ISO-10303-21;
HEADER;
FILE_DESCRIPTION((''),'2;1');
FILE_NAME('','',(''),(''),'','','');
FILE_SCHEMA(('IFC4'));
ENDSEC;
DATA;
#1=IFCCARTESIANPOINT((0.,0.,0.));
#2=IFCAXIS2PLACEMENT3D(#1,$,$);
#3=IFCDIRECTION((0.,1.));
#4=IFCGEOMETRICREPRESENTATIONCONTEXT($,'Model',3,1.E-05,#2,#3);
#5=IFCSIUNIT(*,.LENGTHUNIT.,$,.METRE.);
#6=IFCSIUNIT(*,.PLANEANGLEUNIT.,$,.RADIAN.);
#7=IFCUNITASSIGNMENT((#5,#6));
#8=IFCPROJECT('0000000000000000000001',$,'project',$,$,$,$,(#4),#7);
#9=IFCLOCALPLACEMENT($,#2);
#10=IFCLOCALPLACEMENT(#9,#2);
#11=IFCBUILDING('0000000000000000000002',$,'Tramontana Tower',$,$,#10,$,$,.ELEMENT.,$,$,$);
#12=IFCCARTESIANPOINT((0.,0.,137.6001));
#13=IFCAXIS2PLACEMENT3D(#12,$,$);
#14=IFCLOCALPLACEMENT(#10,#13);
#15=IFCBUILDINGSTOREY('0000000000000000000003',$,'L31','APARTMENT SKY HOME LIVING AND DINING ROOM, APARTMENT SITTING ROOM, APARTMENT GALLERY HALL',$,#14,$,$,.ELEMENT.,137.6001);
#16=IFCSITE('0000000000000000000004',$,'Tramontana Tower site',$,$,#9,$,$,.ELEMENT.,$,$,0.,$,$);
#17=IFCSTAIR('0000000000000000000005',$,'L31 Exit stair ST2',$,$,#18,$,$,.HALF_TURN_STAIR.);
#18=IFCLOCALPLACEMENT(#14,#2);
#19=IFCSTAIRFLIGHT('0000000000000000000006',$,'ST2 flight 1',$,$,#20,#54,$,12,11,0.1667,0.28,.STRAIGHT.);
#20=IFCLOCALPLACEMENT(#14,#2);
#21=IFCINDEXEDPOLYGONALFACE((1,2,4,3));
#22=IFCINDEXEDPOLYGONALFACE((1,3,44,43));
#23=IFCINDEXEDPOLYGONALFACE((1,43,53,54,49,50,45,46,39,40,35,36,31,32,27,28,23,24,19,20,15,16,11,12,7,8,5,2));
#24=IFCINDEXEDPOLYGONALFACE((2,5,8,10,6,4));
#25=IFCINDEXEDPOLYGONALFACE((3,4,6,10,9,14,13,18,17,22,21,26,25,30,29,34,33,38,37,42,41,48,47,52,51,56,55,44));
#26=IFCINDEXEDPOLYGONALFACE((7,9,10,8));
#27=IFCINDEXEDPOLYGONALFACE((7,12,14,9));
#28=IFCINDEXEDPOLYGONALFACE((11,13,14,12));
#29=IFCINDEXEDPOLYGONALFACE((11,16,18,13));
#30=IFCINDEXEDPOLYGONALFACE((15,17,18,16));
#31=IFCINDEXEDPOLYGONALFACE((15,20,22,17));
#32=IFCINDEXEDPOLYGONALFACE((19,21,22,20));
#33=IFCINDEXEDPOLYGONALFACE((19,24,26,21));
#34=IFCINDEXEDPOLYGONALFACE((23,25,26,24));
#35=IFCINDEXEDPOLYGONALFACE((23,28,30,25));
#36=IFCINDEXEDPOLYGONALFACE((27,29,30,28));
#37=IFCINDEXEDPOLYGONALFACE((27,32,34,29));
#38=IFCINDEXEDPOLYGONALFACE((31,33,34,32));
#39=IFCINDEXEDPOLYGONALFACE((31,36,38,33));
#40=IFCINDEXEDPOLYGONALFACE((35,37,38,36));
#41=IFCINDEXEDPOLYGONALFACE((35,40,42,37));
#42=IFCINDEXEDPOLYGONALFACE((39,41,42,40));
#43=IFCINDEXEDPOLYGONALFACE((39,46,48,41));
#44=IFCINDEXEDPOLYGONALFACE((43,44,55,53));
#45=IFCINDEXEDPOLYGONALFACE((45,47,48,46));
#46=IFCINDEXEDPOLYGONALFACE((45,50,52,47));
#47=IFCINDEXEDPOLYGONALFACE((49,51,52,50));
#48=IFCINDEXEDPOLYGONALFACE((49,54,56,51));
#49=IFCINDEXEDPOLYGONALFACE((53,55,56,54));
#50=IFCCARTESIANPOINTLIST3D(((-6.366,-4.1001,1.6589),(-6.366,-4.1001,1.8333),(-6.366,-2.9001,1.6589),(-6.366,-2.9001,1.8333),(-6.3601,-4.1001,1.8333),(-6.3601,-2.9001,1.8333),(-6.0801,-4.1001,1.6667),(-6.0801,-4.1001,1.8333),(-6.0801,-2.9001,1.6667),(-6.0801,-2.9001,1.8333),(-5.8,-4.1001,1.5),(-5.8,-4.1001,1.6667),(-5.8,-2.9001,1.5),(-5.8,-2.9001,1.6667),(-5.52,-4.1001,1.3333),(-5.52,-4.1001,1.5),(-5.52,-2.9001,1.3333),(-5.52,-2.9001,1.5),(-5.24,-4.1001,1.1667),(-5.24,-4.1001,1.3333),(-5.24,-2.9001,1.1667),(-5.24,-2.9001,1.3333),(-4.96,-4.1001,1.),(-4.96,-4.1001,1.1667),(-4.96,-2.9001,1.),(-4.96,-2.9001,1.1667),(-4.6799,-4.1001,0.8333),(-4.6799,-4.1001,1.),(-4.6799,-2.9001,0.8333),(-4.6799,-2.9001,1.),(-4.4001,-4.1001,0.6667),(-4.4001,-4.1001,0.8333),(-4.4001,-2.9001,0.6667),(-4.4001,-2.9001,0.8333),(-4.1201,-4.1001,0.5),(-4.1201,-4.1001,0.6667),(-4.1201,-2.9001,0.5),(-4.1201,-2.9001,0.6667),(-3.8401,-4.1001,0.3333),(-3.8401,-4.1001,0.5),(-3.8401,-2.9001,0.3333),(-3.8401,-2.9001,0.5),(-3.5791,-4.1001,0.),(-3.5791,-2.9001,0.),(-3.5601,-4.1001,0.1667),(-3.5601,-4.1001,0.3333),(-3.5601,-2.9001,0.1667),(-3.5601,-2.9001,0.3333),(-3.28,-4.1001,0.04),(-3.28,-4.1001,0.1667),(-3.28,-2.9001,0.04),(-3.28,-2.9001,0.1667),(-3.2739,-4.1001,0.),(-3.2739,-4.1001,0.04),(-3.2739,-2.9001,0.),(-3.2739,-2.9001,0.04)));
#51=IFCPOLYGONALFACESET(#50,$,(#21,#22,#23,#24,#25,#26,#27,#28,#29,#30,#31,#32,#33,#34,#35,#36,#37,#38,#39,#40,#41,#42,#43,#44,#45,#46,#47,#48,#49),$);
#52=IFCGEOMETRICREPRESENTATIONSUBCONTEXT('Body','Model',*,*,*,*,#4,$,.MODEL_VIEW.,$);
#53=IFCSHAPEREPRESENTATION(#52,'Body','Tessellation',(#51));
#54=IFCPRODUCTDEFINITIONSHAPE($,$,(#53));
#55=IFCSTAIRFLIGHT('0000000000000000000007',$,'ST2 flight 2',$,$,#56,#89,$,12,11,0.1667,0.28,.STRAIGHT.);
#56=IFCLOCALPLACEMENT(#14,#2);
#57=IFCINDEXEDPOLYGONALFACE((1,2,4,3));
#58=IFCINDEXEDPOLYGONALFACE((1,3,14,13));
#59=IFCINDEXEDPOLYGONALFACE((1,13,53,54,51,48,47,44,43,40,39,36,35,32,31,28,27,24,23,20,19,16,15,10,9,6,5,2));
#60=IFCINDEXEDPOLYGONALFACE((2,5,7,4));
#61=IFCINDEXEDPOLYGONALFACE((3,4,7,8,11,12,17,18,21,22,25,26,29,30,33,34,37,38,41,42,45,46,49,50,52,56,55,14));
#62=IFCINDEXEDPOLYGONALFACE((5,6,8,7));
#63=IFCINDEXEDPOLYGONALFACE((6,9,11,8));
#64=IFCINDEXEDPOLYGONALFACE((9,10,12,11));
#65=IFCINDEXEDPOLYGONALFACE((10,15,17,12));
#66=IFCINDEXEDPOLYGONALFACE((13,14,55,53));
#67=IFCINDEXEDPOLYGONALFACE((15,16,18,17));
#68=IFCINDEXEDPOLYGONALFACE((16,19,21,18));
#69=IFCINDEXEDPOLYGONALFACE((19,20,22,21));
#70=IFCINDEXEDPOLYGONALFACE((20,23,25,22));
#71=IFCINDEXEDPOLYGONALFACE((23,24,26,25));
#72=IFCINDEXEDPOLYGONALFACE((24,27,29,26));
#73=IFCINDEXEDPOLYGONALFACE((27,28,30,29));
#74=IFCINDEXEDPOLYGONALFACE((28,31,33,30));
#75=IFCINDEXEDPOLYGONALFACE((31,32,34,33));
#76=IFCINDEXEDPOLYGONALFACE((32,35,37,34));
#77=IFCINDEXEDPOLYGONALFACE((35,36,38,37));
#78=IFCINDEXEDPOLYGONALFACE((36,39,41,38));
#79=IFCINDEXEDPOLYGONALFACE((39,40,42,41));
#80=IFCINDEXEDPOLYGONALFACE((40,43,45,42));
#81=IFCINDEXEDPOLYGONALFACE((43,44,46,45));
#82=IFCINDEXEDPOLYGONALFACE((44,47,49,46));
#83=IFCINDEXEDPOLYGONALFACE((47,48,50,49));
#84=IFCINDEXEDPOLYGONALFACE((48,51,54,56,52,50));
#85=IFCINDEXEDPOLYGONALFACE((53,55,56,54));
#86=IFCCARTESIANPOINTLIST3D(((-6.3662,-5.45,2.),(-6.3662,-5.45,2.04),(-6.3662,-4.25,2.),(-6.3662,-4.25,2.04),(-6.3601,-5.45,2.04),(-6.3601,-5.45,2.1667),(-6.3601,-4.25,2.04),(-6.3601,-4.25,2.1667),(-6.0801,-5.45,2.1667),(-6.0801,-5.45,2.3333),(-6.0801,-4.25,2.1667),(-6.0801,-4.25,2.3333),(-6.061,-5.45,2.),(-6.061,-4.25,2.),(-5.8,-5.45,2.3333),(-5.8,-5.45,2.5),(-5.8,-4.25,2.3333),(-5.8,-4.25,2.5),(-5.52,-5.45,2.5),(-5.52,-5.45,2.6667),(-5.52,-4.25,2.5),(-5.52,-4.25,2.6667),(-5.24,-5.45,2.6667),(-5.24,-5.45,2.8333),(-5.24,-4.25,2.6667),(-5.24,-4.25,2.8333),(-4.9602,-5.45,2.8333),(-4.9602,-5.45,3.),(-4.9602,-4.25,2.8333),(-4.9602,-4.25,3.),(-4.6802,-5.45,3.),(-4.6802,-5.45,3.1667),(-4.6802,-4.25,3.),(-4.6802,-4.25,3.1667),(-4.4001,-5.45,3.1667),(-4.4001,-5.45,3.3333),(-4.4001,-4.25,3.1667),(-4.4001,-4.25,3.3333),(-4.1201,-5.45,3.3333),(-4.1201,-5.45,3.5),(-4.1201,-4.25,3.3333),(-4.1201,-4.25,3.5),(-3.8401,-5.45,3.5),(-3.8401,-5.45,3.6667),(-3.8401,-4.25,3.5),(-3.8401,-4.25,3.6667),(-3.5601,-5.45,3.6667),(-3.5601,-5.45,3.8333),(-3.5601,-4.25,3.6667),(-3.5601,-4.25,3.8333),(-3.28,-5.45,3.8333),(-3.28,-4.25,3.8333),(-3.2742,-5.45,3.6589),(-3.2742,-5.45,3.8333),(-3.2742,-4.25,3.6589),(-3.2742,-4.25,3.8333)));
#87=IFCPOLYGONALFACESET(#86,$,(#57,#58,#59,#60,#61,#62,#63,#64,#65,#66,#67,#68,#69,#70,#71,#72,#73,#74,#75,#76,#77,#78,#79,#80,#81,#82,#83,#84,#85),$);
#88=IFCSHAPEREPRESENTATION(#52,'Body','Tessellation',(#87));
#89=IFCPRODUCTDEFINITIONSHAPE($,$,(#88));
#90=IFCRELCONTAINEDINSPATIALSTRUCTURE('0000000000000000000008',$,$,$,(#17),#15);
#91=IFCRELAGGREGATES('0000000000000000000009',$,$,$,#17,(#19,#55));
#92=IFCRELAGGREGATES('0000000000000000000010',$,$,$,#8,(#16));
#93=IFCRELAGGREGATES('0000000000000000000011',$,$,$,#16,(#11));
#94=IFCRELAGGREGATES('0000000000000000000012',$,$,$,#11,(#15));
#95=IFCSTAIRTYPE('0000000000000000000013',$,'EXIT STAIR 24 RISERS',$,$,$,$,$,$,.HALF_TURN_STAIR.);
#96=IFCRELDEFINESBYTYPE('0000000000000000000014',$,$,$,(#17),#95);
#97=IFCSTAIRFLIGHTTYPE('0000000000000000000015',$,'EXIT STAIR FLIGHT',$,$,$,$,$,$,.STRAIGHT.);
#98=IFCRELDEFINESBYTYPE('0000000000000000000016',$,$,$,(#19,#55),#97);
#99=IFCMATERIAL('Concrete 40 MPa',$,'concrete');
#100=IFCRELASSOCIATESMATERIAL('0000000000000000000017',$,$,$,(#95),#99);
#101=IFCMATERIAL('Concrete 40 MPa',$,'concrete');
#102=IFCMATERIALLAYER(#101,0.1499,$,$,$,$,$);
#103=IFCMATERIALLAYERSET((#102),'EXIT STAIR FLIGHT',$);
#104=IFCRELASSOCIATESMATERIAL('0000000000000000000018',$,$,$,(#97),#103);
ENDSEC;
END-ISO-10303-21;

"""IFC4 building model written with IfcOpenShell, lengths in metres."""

from ifc_helpers import new_model, si_unit, direction, frame, origin, place, context, subcontext, project, spatial, polyline, outline, extrude, material, layer, layer_set, type_object, element, aggregate, save


model = new_model("IFC4")

# Units and contexts
model_context = context("Model", 3, precision=1e-05, world=origin(), true_north=direction((0.0, 1.0)))
body_context = subcontext(model_context, "Body", "Model", "MODEL_VIEW")
ifc_project = project(units=[si_unit("LENGTHUNIT", "METRE"), si_unit("PLANEANGLEUNIT", "RADIAN")], contexts=[model_context])

# Site, building, storey
site_placement = place(None, origin())
site = spatial("IfcSite", under=ifc_project, at=site_placement, Name="Tramontana Tower site", CompositionType="ELEMENT", RefElevation=0.0)
building_placement = place(site_placement, origin())
building = spatial("IfcBuilding", under=site, at=building_placement, Name="Tramontana Tower", CompositionType="ELEMENT")
storey_placement = place(building_placement, frame((0.0, 0.0, 137.6001)))
storey = spatial("IfcBuildingStorey", under=building, at=storey_placement, Name="L31", Description="APARTMENT SKY HOME LIVING AND DINING ROOM, APARTMENT SITTING ROOM, APARTMENT GALLERY HALL", CompositionType="ELEMENT", Elevation=137.6001)

# Stair, stair flights
ifc_material_1 = material(Name="Concrete 40 MPa", Category="concrete")
stair_type = type_object("IfcStairType", Name="EXIT STAIR 24 RISERS", PredefinedType="HALF_TURN_STAIR", material=ifc_material_1)
stair_placement = place(storey_placement, origin())
stair = element("IfcStair", 1, at=stair_placement, inside=storey, type_object=stair_type, Name="L31 Exit stair ST2", PredefinedType="HALF_TURN_STAIR")
ifc_material_2 = material(Name="Concrete 40 MPa", Category="concrete")
ifc_layer_1 = layer(ifc_material_2, 0.1499)
ifc_layer_set_1 = layer_set([ifc_layer_1], Name="EXIT STAIR FLIGHT")
stair_flight_type = type_object("IfcStairFlightType", Name="EXIT STAIR FLIGHT", PredefinedType="STRAIGHT", material=ifc_layer_set_1)
stair_flight_1_placement = place(storey_placement, frame((-3.28, -3.5, 0.0), z_axis=(0.0, 0.0, 1.0), x_axis=(-1.0, 0.0, 0.0)))
stair_flight_1 = element("IfcStairFlight", 2, at=stair_flight_1_placement, type_object=stair_flight_type, Name="ST2 flight 1", NumberOfRisers=12, NumberOfTreads=11, PredefinedType="STRAIGHT", RiserHeight=0.1667, TreadLength=0.28, context=body_context, shape_type="SweptSolid", body=[
    extrude(outline(polyline([(-0.0061, 0.0), (-0.0061, 0.04), (0.0, 0.04), (0.0, 0.1667), (0.28, 0.1667), (0.28, 0.3333), (0.5601, 0.3333), (0.5601, 0.5), (0.8401, 0.5), (0.8401, 0.6667), (1.1201, 0.6667), (1.1201, 0.8333), (1.3999, 0.8333), (1.3999, 1.0), (1.6799, 1.0), (1.6799, 1.1667), (1.96, 1.1667), (1.96, 1.3333), (2.24, 1.3333), (2.24, 1.5), (2.52, 1.5), (2.52, 1.6667), (2.8, 1.6667), (2.8, 1.8333), (3.0801, 1.8333), (3.0859, 1.8333), (3.0859, 1.6589), (0.2991, 0.0), (-0.0061, 0.0)])), frame((0.0, 0.6001, 0.0), z_axis=(0.0, -1.0, 0.0), x_axis=(1.0, 0.0, 0.0)), (0.0, 0.0, 1.0), 1.2),
])
stair_flight_2_placement = place(storey_placement, frame((-6.3601, -4.8501, 2.0), z_axis=(0.0, 0.0, 1.0), x_axis=(1.0, 0.0, 0.0)))
stair_flight_2 = element("IfcStairFlight", 3, at=stair_flight_2_placement, type_object=stair_flight_type, Name="ST2 flight 2", NumberOfRisers=12, NumberOfTreads=11, PredefinedType="STRAIGHT", RiserHeight=0.1667, TreadLength=0.28, context=body_context, shape_type="SweptSolid", body=[
    extrude(outline(polyline([(-0.0061, 0.0), (-0.0061, 0.04), (0.0, 0.04), (0.0, 0.1667), (0.28, 0.1667), (0.28, 0.3333), (0.5601, 0.3333), (0.5601, 0.5), (0.8401, 0.5), (0.8401, 0.6667), (1.1201, 0.6667), (1.1201, 0.8333), (1.3999, 0.8333), (1.3999, 1.0), (1.6799, 1.0), (1.6799, 1.1667), (1.96, 1.1667), (1.96, 1.3333), (2.24, 1.3333), (2.24, 1.5), (2.52, 1.5), (2.52, 1.6667), (2.8, 1.6667), (2.8, 1.8333), (3.0801, 1.8333), (3.0859, 1.8333), (3.0859, 1.6589), (0.2991, 0.0), (-0.0061, 0.0)])), frame((0.0, 0.6001, 0.0), z_axis=(0.0, -1.0, 0.0), x_axis=(1.0, 0.0, 0.0)), (0.0, 0.0, 1.0), 1.2),
])
aggregate(stair, [stair_flight_1, stair_flight_2])

save(model, "model.ifc")
